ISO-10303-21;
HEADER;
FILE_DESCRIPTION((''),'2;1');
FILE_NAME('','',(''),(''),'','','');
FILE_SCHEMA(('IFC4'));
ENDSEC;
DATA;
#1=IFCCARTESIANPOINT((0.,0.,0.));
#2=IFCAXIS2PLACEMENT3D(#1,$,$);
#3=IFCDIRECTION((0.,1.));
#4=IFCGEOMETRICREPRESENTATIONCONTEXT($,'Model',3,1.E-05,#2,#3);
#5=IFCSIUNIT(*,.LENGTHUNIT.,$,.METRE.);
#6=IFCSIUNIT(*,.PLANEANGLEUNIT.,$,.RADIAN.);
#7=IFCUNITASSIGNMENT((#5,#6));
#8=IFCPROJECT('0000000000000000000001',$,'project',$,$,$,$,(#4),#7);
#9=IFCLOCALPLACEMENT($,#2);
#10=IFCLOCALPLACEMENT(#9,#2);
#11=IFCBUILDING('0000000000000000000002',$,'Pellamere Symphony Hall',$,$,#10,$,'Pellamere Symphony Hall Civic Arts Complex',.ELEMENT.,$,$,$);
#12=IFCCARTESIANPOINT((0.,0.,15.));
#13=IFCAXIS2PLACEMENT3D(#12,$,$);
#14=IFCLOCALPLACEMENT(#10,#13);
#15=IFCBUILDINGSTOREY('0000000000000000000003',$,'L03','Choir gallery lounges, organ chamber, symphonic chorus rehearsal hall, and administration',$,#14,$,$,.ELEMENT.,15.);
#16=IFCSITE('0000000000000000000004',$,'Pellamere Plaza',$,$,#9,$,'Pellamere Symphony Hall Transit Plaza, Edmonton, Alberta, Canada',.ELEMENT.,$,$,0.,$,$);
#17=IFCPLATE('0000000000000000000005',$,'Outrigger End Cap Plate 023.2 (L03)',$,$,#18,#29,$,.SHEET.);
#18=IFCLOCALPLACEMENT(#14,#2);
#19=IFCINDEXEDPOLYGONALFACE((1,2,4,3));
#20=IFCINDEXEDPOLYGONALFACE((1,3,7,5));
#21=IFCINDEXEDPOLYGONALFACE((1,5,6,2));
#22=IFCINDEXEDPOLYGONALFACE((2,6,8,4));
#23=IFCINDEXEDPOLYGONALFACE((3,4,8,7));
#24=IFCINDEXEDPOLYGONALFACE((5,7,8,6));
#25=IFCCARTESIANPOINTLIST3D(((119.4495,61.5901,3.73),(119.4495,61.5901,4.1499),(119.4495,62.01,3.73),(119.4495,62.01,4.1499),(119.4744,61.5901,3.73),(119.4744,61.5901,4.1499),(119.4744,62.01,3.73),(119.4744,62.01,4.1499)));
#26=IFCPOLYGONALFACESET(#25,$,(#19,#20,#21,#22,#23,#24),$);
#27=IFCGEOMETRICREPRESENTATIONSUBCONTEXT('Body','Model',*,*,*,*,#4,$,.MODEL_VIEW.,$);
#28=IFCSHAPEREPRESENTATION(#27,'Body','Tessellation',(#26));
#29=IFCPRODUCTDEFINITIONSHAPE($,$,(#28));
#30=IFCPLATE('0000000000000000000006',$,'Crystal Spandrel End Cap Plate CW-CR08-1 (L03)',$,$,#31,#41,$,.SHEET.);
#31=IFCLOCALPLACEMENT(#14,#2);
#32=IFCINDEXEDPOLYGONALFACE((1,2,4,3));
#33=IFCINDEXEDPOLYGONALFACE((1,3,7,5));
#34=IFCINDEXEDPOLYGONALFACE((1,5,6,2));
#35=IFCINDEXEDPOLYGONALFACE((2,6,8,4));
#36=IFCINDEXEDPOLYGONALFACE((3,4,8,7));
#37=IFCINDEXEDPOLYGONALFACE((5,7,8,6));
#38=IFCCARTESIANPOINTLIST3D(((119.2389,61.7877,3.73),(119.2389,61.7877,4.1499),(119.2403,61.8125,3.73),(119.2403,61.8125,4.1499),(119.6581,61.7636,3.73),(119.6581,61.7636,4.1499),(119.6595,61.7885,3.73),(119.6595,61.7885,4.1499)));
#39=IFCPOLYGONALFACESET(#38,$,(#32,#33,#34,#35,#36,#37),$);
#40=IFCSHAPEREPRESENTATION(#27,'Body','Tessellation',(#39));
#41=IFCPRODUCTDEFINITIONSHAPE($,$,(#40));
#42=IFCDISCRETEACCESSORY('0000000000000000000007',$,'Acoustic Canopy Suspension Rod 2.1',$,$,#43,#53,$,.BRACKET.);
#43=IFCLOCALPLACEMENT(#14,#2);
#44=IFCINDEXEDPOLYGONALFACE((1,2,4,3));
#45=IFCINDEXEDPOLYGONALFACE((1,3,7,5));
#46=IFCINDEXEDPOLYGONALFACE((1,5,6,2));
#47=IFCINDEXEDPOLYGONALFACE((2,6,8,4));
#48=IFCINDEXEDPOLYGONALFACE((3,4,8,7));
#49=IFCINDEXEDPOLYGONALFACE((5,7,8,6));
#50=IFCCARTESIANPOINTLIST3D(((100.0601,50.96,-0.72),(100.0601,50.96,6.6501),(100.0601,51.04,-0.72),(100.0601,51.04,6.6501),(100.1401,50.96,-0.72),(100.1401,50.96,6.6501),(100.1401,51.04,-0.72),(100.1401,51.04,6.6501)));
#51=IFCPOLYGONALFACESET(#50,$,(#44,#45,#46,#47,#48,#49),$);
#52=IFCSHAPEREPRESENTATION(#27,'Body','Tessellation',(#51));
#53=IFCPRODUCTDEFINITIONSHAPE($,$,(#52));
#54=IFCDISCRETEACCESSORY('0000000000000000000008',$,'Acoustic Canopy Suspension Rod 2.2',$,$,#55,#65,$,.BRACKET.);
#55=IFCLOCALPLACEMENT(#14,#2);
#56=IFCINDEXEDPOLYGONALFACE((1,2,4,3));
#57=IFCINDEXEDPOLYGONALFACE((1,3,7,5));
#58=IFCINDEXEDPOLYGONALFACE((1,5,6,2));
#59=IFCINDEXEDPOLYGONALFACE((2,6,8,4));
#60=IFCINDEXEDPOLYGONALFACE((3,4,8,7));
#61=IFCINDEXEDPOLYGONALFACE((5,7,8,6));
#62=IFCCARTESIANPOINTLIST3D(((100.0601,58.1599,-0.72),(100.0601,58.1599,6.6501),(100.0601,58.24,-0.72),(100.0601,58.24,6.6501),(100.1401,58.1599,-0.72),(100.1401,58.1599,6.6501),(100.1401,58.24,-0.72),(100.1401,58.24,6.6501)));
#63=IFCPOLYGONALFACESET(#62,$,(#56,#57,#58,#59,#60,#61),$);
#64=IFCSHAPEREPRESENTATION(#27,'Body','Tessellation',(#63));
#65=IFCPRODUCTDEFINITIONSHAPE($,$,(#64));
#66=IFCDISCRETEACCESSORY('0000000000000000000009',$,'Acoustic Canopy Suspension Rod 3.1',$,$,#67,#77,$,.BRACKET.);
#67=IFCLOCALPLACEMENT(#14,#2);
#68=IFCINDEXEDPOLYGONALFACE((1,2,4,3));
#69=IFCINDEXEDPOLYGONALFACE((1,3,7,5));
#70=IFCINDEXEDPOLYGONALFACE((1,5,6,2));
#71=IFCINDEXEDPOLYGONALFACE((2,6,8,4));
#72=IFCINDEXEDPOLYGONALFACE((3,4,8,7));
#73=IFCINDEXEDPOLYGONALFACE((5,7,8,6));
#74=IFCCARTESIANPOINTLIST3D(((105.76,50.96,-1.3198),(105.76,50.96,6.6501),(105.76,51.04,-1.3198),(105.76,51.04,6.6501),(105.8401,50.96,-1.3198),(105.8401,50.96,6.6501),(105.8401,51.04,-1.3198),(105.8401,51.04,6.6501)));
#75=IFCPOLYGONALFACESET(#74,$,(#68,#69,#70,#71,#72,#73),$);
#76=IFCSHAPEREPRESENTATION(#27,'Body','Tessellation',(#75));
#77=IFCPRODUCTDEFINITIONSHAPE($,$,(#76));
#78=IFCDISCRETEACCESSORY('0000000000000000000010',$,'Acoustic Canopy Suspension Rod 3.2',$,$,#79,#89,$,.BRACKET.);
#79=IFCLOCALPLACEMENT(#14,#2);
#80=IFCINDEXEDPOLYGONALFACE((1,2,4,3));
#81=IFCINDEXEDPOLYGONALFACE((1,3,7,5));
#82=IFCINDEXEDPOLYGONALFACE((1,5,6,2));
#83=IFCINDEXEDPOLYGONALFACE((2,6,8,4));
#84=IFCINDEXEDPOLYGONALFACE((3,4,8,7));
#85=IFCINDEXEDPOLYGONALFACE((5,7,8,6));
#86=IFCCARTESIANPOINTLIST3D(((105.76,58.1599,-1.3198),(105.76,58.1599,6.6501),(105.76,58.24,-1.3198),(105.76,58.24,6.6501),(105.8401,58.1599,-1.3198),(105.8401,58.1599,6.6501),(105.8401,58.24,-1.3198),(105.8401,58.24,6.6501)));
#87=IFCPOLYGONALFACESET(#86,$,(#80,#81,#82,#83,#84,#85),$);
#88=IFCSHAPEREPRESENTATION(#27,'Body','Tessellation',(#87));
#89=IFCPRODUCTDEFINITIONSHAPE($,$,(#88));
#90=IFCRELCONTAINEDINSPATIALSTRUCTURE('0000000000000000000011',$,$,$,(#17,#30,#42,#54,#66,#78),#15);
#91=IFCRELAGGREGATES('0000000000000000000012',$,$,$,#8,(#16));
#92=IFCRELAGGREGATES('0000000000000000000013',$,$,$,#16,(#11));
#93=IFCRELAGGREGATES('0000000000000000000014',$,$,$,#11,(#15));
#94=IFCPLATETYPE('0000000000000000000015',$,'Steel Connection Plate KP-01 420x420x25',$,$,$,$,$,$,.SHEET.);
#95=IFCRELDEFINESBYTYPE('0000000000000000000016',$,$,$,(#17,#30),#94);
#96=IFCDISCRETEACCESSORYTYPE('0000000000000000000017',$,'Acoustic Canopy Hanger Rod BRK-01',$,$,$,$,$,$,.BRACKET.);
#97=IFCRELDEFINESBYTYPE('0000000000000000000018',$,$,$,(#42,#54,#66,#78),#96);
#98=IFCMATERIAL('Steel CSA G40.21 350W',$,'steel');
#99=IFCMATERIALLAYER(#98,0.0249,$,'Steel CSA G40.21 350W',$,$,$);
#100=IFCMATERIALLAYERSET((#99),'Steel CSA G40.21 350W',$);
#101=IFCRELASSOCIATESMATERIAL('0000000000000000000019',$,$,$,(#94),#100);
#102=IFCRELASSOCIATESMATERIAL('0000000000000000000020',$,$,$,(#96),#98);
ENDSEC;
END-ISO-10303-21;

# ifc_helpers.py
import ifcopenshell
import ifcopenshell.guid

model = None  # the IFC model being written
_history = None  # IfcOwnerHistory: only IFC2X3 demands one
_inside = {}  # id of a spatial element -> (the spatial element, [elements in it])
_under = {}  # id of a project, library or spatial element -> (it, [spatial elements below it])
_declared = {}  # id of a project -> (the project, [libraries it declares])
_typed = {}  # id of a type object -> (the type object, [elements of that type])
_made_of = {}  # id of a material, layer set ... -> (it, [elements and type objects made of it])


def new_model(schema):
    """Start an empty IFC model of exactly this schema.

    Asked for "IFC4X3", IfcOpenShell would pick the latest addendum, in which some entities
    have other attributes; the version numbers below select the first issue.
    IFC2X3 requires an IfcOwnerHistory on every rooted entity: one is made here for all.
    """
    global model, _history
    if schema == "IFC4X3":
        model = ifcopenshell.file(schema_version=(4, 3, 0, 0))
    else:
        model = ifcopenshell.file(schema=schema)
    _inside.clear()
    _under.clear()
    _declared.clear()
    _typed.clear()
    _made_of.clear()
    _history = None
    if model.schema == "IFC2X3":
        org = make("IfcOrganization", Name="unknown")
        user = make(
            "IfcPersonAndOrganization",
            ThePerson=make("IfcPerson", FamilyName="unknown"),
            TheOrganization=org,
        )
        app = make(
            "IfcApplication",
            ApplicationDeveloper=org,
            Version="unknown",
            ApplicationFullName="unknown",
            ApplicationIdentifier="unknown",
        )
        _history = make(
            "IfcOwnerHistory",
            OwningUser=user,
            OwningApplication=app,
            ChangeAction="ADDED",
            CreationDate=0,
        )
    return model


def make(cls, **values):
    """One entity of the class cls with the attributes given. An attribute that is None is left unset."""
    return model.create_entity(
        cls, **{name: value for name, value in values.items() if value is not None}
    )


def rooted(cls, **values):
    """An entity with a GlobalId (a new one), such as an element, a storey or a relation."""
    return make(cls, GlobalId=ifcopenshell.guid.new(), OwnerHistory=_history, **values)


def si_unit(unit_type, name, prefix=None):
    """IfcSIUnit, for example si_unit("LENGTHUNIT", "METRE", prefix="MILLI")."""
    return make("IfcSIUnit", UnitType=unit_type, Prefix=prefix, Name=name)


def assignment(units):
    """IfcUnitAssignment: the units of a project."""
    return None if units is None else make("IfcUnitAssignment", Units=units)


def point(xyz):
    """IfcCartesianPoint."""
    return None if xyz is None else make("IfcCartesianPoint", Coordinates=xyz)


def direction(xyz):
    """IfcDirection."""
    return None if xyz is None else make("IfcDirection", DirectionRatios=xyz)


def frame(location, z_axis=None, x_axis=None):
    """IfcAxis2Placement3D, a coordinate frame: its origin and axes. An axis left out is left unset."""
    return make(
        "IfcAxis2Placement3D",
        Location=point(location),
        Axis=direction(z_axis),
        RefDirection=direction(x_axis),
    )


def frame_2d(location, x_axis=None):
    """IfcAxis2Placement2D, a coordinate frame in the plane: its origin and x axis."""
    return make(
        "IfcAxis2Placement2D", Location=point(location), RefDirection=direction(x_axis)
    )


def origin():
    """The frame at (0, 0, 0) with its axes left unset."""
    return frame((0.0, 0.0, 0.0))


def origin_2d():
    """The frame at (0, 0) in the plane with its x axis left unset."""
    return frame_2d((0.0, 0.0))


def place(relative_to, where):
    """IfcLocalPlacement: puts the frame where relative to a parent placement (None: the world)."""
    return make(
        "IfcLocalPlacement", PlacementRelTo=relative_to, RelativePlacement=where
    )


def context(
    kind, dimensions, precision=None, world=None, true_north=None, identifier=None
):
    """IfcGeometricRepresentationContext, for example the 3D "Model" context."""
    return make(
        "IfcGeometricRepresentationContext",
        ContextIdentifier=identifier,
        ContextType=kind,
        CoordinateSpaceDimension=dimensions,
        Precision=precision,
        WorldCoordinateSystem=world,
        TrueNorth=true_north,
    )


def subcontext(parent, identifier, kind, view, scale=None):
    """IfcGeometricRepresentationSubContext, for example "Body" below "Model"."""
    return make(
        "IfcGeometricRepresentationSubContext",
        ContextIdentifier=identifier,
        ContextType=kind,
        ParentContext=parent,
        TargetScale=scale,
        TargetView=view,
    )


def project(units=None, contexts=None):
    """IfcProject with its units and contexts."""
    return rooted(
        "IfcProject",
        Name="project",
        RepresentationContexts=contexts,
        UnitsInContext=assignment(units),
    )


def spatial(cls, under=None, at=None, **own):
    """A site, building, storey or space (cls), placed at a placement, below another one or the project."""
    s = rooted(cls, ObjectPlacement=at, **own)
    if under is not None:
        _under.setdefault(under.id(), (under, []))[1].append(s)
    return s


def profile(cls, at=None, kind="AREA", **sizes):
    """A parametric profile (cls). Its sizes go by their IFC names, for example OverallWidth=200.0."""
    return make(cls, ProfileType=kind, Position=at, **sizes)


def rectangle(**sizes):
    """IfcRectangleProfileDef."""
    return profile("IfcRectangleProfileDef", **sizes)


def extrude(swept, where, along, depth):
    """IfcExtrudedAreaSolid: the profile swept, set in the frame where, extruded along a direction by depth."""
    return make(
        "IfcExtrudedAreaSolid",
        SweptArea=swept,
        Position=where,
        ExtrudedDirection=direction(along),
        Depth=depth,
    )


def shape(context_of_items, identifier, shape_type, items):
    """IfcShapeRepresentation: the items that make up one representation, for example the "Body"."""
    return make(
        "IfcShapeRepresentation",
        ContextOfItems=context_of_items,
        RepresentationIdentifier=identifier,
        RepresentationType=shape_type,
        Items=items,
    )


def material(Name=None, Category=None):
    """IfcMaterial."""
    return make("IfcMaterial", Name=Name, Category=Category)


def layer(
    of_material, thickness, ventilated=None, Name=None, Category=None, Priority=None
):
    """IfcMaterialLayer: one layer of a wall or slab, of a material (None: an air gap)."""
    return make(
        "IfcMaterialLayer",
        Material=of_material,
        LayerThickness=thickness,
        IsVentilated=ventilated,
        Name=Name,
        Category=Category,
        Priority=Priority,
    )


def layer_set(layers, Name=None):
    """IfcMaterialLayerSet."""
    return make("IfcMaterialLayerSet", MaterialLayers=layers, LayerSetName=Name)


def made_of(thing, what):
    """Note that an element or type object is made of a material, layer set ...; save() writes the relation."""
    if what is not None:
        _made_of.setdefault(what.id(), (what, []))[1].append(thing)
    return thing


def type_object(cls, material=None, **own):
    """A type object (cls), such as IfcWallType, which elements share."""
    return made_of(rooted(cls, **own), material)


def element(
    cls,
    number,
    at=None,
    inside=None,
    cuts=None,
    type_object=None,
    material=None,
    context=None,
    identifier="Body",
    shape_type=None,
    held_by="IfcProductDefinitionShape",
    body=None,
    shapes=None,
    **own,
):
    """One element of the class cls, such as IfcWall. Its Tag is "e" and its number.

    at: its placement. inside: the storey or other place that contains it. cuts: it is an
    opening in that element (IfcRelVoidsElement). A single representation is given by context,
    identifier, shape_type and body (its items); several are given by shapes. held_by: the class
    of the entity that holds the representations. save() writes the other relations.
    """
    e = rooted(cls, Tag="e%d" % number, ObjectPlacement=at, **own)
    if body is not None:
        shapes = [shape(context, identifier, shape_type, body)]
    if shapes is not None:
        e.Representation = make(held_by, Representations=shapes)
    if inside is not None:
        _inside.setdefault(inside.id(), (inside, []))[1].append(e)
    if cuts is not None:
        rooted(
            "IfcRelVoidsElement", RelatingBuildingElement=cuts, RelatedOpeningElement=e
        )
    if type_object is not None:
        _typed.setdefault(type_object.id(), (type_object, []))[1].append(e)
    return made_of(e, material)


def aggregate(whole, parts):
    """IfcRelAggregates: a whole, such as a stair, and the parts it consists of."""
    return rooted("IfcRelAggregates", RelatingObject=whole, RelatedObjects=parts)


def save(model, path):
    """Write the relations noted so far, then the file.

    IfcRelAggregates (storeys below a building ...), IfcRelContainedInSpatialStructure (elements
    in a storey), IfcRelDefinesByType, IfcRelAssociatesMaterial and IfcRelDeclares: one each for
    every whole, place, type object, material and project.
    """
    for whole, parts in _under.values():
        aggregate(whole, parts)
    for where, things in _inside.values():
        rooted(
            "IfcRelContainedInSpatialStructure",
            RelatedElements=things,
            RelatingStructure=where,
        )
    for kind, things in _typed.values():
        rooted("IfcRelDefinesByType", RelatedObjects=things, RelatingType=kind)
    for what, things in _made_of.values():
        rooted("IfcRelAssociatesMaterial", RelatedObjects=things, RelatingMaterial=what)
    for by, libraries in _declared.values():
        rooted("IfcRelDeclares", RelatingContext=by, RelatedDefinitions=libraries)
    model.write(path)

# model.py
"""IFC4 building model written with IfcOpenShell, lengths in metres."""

from ifc_helpers import new_model, si_unit, direction, frame, origin, origin_2d, place, context, subcontext, project, spatial, rectangle, extrude, material, layer, layer_set, type_object, element, save


model = new_model("IFC4")

# Units and contexts
model_context = context("Model", 3, precision=1e-05, world=origin(), true_north=direction((0.0, 1.0)))
body_context = subcontext(model_context, "Body", "Model", "MODEL_VIEW")
ifc_project = project(units=[si_unit("LENGTHUNIT", "METRE"), si_unit("PLANEANGLEUNIT", "RADIAN")], contexts=[model_context])

# Site, building, storey
site_placement = place(None, origin())
site = spatial("IfcSite", under=ifc_project, at=site_placement, Name="Pellamere Plaza", LongName="Pellamere Symphony Hall Transit Plaza, Edmonton, Alberta, Canada", CompositionType="ELEMENT", RefElevation=0.0)
building_placement = place(site_placement, origin())
building = spatial("IfcBuilding", under=site, at=building_placement, Name="Pellamere Symphony Hall", LongName="Pellamere Symphony Hall Civic Arts Complex", CompositionType="ELEMENT")
storey_placement = place(building_placement, frame((0.0, 0.0, 15.0)))
storey = spatial("IfcBuildingStorey", under=building, at=storey_placement, Name="L03", Description="Choir gallery lounges, organ chamber, symphonic chorus rehearsal hall, and administration", CompositionType="ELEMENT", Elevation=15.0)

# Shared definitions
ifc_material_1 = material(Name="Steel CSA G40.21 350W", Category="steel")

# Plates
ifc_layer_1 = layer(ifc_material_1, 0.0249, Name="Steel CSA G40.21 350W")
ifc_layer_set_1 = layer_set([ifc_layer_1], Name="Steel CSA G40.21 350W")
plate_type_1 = type_object("IfcPlateType", Name="Steel Connection Plate KP-01 420x420x25", PredefinedType="SHEET", material=ifc_layer_set_1)
for number, where, z_axis, x_axis, name in (
    (1, (119.4619, 61.8, 3.73), (0.0, 0.0, 1.0), (1.0, 0.0, 0.0), "Outrigger End Cap Plate 023.2 (L03)"),
    (2, (119.4492, 61.7881, 3.73), (0.0, 0.0, 1.0), (0.057216, 0.998362, 0.0), "Crystal Spandrel End Cap Plate CW-CR08-1 (L03)"),
):
    element("IfcPlate", number, at=place(storey_placement, frame(where, z_axis=z_axis, x_axis=x_axis)), inside=storey, type_object=plate_type_1, Name=name, PredefinedType="SHEET", context=body_context, shape_type="SweptSolid", body=[
        extrude(rectangle(XDim=0.0249, YDim=0.4199, at=origin_2d()), origin(), (0.0, 0.0, 1.0), 0.4199),
    ])

# Discrete accessories
discrete_accessory_type = type_object("IfcDiscreteAccessoryType", Name="Acoustic Canopy Hanger Rod BRK-01", PredefinedType="BRACKET", material=ifc_material_1)
for number, where, z_axis, x_axis, name in (
    (3, (100.1001, 51.0, -0.72), (0.0, 0.0, 1.0), (1.0, 0.0, 0.0), "Acoustic Canopy Suspension Rod 2.1"),
    (4, (100.1001, 58.2, -0.72), (0.0, 0.0, 1.0), (1.0, 0.0, 0.0), "Acoustic Canopy Suspension Rod 2.2"),
):
    element("IfcDiscreteAccessory", number, at=place(storey_placement, frame(where, z_axis=z_axis, x_axis=x_axis)), inside=storey, type_object=discrete_accessory_type, Name=name, PredefinedType="BRACKET", context=body_context, shape_type="SweptSolid", body=[
        extrude(rectangle(XDim=0.0801, YDim=0.0801, at=origin_2d()), origin(), (0.0, 0.0, 1.0), 7.3701),
    ])
for number, where, z_axis, x_axis, name in (
    (5, (105.8, 51.0, -1.3198), (0.0, 0.0, 1.0), (1.0, 0.0, 0.0), "Acoustic Canopy Suspension Rod 3.1"),
    (6, (105.8, 58.2, -1.3198), (0.0, 0.0, 1.0), (1.0, 0.0, 0.0), "Acoustic Canopy Suspension Rod 3.2"),
):
    element("IfcDiscreteAccessory", number, at=place(storey_placement, frame(where, z_axis=z_axis, x_axis=x_axis)), inside=storey, type_object=discrete_accessory_type, Name=name, PredefinedType="BRACKET", context=body_context, shape_type="SweptSolid", body=[
        extrude(rectangle(XDim=0.0801, YDim=0.0801, at=origin_2d()), origin(), (0.0, 0.0, 1.0), 7.97),
    ])

save(model, "model.ifc")
